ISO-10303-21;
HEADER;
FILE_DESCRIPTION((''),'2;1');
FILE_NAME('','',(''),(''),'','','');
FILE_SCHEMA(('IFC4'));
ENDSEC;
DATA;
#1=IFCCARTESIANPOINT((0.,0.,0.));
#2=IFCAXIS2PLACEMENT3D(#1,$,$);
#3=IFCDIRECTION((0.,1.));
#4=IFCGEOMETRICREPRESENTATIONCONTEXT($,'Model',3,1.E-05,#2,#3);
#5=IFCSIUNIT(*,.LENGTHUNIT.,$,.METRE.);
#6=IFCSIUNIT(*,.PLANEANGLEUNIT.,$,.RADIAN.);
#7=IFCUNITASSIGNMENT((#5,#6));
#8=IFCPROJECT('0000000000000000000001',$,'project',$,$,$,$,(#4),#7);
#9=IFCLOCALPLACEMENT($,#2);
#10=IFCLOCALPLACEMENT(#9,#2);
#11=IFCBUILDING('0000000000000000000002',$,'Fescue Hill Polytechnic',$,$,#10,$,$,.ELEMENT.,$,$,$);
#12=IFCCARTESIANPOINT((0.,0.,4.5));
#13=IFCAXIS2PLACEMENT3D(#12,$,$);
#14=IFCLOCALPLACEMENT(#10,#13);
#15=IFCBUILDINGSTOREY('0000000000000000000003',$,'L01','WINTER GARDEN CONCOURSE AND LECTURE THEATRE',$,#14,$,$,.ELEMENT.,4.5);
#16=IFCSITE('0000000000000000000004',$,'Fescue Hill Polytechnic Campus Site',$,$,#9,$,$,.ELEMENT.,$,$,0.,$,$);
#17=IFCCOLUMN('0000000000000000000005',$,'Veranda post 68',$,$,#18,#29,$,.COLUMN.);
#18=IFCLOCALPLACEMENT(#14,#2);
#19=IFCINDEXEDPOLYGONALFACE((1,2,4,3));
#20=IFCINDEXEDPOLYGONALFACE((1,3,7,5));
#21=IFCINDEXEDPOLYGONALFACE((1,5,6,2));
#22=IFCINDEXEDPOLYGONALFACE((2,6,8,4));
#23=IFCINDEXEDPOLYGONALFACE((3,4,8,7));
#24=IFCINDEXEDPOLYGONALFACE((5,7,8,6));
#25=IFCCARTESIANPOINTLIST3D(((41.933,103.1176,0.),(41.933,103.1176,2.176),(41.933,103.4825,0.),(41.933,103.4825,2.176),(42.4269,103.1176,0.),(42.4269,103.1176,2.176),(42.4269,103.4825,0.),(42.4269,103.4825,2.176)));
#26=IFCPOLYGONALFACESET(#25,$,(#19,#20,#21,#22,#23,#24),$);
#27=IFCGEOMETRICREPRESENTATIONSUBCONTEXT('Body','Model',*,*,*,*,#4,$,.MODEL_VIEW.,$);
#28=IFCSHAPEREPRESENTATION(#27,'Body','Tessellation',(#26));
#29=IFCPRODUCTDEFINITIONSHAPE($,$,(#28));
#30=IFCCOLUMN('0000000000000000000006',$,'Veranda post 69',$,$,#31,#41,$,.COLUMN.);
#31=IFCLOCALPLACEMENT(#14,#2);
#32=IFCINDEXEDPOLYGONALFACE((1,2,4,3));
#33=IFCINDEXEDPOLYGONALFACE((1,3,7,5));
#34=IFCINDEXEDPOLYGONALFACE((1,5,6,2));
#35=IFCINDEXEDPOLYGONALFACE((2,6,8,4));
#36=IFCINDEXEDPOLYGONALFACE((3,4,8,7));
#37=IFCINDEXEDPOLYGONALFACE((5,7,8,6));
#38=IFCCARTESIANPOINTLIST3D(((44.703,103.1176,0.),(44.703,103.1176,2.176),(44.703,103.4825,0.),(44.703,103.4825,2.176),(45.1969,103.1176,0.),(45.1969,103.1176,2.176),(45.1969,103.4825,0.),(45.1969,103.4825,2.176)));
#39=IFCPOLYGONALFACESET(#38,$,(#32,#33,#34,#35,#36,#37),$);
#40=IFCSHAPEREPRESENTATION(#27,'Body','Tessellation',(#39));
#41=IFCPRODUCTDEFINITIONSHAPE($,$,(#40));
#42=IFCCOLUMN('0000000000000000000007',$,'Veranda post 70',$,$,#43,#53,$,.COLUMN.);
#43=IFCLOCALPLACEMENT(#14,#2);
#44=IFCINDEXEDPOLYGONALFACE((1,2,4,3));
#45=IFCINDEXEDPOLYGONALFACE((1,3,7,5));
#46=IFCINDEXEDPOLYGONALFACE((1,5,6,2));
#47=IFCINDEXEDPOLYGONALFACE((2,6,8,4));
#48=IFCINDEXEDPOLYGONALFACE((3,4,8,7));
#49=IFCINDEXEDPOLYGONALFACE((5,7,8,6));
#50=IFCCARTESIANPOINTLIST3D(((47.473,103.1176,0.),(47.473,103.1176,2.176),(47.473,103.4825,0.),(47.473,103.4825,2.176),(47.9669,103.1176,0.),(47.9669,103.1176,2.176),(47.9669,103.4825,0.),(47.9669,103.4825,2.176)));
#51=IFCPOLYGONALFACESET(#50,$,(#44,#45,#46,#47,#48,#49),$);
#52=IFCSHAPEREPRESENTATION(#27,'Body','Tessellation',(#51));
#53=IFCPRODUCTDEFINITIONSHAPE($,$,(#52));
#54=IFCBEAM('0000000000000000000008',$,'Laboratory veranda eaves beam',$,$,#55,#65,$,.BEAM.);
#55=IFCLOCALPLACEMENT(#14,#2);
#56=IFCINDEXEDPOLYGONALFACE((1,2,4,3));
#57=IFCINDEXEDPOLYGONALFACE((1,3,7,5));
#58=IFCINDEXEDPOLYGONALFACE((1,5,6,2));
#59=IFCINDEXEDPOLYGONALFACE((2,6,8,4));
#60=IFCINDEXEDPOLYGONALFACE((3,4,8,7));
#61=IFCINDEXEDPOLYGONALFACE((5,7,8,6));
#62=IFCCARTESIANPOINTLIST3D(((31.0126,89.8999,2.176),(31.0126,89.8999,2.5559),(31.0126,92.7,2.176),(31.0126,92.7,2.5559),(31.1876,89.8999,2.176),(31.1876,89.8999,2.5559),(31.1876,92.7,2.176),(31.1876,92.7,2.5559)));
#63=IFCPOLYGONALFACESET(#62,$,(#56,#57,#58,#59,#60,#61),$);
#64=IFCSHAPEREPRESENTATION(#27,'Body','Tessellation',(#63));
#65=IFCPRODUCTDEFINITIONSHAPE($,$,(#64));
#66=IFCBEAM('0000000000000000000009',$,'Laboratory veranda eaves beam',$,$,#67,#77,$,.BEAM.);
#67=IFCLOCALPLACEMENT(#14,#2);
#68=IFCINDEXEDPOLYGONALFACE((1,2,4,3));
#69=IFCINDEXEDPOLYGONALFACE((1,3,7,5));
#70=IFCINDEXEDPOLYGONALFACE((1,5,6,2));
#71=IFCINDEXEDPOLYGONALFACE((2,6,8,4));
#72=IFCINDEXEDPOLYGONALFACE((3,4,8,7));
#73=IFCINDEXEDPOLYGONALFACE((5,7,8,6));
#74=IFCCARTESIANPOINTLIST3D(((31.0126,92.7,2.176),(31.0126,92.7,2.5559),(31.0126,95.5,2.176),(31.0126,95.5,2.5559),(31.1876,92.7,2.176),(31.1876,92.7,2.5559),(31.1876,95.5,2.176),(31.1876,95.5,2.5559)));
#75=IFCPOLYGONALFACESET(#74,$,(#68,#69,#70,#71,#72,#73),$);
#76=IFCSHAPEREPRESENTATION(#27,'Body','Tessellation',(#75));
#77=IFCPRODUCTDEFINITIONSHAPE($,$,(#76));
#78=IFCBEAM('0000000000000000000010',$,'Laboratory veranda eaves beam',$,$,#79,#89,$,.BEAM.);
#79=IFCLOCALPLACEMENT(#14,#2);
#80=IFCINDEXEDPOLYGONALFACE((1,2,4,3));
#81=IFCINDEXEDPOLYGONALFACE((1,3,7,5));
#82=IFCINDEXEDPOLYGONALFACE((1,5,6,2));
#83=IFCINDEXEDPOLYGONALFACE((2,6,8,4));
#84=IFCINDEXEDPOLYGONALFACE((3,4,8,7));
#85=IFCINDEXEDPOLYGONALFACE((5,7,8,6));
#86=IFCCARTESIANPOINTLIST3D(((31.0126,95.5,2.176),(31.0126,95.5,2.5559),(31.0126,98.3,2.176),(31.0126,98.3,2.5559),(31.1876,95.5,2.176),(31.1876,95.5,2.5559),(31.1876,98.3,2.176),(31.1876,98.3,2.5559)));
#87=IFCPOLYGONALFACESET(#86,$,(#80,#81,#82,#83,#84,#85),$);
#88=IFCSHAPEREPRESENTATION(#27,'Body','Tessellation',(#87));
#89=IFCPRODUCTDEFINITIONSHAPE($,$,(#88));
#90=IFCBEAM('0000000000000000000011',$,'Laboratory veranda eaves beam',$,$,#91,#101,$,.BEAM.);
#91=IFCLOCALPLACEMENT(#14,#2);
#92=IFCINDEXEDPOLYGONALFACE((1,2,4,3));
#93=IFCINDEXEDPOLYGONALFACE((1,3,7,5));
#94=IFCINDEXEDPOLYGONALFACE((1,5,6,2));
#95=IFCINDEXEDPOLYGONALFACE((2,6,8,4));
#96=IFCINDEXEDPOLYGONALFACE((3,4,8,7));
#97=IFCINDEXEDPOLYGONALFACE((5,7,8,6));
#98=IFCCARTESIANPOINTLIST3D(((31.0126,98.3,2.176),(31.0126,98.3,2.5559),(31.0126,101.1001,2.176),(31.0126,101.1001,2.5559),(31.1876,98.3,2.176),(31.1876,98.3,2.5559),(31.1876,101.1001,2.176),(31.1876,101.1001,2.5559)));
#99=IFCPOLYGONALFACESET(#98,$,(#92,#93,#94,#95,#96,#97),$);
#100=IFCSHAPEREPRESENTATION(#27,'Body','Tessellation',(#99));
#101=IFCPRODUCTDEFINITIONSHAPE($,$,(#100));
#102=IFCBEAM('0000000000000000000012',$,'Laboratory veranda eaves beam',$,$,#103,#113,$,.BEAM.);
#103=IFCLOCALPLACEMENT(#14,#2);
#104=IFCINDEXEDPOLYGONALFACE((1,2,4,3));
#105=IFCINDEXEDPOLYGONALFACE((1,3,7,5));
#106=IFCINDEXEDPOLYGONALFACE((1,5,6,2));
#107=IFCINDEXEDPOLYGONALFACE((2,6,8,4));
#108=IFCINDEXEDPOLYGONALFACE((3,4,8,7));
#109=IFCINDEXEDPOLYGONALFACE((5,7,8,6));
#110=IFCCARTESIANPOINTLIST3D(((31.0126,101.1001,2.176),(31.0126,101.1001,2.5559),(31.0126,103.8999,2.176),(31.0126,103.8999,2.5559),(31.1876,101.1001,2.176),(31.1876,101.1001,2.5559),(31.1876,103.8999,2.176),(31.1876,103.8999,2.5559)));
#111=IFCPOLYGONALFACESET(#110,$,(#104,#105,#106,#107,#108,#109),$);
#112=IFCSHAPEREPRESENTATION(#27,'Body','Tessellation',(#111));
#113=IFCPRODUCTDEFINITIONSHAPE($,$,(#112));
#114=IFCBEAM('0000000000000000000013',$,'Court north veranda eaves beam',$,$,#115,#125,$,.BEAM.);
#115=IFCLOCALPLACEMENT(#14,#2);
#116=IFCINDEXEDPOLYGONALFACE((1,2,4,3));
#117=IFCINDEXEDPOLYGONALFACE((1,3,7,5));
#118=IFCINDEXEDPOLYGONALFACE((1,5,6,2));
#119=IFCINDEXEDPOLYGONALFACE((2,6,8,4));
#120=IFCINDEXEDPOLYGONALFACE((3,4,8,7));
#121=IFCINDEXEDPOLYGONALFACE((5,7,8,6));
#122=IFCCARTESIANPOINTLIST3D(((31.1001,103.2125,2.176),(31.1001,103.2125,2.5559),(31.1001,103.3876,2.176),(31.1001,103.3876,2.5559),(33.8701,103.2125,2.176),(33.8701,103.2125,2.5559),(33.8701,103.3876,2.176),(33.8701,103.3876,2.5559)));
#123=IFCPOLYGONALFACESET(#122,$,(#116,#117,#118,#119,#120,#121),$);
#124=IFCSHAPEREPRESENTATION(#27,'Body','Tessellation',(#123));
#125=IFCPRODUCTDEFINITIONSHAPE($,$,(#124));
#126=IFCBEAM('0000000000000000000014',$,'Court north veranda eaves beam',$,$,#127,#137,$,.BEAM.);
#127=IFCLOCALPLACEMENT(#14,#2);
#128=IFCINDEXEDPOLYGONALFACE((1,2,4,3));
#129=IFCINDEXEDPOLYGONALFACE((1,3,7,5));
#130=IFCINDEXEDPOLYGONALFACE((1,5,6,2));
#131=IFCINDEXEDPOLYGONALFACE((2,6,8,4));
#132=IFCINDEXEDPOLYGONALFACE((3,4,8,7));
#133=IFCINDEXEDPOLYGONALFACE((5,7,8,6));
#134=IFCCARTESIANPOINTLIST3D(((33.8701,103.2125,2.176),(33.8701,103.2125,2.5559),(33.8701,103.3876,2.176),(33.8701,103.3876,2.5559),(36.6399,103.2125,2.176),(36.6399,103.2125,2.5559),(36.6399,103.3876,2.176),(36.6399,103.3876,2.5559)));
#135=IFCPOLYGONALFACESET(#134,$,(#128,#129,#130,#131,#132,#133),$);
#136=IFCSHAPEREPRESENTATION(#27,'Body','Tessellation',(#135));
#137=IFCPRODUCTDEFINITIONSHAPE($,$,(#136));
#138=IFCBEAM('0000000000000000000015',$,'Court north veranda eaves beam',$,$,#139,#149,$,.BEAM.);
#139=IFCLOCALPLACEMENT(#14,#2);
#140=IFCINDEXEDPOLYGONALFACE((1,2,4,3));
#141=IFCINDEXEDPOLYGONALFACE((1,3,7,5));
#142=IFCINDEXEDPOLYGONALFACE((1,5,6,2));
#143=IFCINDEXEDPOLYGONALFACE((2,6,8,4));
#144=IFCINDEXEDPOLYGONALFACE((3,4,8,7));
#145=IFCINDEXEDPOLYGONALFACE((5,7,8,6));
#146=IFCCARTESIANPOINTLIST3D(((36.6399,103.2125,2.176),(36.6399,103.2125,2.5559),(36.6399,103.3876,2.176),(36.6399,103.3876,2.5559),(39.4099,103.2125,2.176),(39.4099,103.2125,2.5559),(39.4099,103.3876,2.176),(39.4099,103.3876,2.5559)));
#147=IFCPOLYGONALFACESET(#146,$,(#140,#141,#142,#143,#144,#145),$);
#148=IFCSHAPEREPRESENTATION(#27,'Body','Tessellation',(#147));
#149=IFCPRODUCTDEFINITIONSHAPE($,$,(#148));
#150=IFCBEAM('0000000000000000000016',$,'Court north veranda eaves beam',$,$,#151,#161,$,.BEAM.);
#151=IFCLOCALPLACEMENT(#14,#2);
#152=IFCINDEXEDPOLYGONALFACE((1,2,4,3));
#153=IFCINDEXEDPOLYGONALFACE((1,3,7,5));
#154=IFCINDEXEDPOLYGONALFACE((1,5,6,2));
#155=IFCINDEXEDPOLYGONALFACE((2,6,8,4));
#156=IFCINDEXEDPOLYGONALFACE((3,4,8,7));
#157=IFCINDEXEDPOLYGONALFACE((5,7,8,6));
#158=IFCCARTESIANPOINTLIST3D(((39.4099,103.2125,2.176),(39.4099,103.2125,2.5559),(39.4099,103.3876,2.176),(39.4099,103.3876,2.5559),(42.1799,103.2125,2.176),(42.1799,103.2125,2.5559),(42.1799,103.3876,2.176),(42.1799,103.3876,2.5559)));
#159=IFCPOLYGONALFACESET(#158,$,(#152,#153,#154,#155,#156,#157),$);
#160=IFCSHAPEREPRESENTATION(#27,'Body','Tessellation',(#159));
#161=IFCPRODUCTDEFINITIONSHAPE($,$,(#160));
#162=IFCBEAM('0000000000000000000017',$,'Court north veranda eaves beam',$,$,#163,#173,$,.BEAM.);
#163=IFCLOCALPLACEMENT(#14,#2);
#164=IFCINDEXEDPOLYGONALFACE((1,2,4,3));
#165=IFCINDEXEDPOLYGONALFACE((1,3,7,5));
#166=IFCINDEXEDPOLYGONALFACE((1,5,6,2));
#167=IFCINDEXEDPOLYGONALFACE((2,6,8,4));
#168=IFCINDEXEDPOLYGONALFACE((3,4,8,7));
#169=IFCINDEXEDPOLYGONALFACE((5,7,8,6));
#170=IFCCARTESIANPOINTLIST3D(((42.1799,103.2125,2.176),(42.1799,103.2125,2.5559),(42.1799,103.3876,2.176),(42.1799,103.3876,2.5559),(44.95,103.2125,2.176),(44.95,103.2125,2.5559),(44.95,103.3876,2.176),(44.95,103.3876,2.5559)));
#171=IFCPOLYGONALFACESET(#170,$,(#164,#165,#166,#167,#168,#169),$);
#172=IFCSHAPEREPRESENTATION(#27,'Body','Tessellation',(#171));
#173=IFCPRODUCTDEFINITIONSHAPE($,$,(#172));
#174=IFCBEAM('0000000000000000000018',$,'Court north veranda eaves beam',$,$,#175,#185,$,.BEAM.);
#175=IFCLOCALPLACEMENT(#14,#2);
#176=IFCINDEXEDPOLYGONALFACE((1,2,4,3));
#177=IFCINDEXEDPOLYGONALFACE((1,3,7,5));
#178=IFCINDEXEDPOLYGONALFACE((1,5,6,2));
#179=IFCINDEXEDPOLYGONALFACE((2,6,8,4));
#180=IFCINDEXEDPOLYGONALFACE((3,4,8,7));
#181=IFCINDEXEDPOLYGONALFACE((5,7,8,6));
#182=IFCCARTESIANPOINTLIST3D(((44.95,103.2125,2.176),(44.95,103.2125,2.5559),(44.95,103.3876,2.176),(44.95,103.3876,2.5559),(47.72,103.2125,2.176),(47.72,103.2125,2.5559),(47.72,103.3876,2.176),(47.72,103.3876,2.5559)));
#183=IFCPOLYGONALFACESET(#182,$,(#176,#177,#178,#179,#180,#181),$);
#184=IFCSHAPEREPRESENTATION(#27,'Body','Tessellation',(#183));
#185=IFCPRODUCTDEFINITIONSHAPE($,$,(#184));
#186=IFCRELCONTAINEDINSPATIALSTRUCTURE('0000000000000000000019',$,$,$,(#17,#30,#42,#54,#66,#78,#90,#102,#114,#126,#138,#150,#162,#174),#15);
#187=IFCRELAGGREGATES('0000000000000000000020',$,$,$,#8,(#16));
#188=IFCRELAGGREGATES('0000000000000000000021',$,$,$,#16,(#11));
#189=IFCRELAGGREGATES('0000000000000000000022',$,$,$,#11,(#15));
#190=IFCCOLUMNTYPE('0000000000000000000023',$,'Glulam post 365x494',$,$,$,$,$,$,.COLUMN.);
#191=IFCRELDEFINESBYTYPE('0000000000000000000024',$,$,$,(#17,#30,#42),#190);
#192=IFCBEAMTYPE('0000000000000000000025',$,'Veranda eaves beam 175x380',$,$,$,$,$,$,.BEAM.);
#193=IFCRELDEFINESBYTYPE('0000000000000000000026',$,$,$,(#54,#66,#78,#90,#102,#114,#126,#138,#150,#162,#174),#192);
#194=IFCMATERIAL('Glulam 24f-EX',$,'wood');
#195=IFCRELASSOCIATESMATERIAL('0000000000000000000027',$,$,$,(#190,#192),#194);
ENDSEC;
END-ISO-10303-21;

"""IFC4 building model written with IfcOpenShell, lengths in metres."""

from ifc_helpers import new_model, si_unit, direction, frame, origin, origin_2d, place, context, subcontext, project, spatial, rectangle, extrude, material, material_profile, profile_set, type_object, element, save


model = new_model("IFC4")

# Units and contexts
model_context = context("Model", 3, precision=1e-05, world=origin(), true_north=direction((0.0, 1.0)))
body_context = subcontext(model_context, "Body", "Model", "MODEL_VIEW")
ifc_project = project(units=[si_unit("LENGTHUNIT", "METRE"), si_unit("PLANEANGLEUNIT", "RADIAN")], contexts=[model_context])

# Site, building, storey
site_placement = place(None, origin())
site = spatial("IfcSite", under=ifc_project, at=site_placement, Name="Fescue Hill Polytechnic Campus Site", CompositionType="ELEMENT", RefElevation=0.0)
building_placement = place(site_placement, origin())
building = spatial("IfcBuilding", under=site, at=building_placement, Name="Fescue Hill Polytechnic", CompositionType="ELEMENT")
storey_placement = place(building_placement, frame((0.0, 0.0, 4.5)))
storey = spatial("IfcBuildingStorey", under=building, at=storey_placement, Name="L01", Description="WINTER GARDEN CONCOURSE AND LECTURE THEATRE", CompositionType="ELEMENT", Elevation=4.5)

# Columns
ifc_material_1 = material(Name="Glulam 24f-EX", Category="wood")
ifc_material_profile_1 = material_profile(ifc_material_1, rectangle(XDim=0.365, YDim=0.4939, at=origin_2d()), Name="Glulam post 365x494")
ifc_profile_set_1 = profile_set([ifc_material_profile_1], Name="Glulam 24f-EX")
column_type = type_object("IfcColumnType", Name="Glulam post 365x494", PredefinedType="COLUMN", material=ifc_profile_set_1)
for number, where, z_axis, x_axis, name in (
    (1, (42.1799, 103.3, 0.0), (0.0, 0.0, 1.0), (0.0, 1.0, 0.0), "Veranda post 68"),
    (2, (44.95, 103.3, 0.0), (0.0, 0.0, 1.0), (0.0, 1.0, 0.0), "Veranda post 69"),
    (3, (47.72, 103.3, 0.0), (0.0, 0.0, 1.0), (0.0, 1.0, 0.0), "Veranda post 70"),
):
    element("IfcColumn", number, at=place(storey_placement, frame(where, z_axis=z_axis, x_axis=x_axis)), inside=storey, type_object=column_type, Name=name, PredefinedType="COLUMN", context=body_context, shape_type="SweptSolid", body=[
        extrude(rectangle(XDim=0.365, YDim=0.4939, at=origin_2d()), origin(), (0.0, 0.0, 1.0), 2.176),
    ])

# Beams
ifc_material_profile_2 = material_profile(ifc_material_1, rectangle(XDim=0.175, YDim=0.3799, at=origin_2d()), Name="Veranda eaves beam 175x380")
ifc_profile_set_2 = profile_set([ifc_material_profile_2], Name="Glulam 24f-EX")
beam_type = type_object("IfcBeamType", Name="Veranda eaves beam 175x380", PredefinedType="BEAM", material=ifc_profile_set_2)
for number, where, z_axis, x_axis, name in (
    (4, (31.1001, 89.8999, 2.366), (0.0, 1.0, 0.0), (-1.0, 0.0, 0.0), "Laboratory veranda eaves beam"),
    (5, (31.1001, 92.7, 2.366), (0.0, 1.0, 0.0), (-1.0, 0.0, 0.0), "Laboratory veranda eaves beam"),
    (6, (31.1001, 95.5, 2.366), (0.0, 1.0, 0.0), (-1.0, 0.0, 0.0), "Laboratory veranda eaves beam"),
    (7, (31.1001, 98.3, 2.366), (0.0, 1.0, 0.0), (-1.0, 0.0, 0.0), "Laboratory veranda eaves beam"),
):
    element("IfcBeam", number, at=place(storey_placement, frame(where, z_axis=z_axis, x_axis=x_axis)), inside=storey, type_object=beam_type, Name=name, PredefinedType="BEAM", context=body_context, shape_type="SweptSolid", body=[
        extrude(rectangle(XDim=0.175, YDim=0.3799, at=origin_2d()), origin(), (0.0, 0.0, 1.0), 2.8),
    ])
beam_1_placement = place(storey_placement, frame((31.1001, 101.1001, 2.366), z_axis=(0.0, 1.0, 0.0), x_axis=(-1.0, 0.0, 0.0)))
element("IfcBeam", 8, at=beam_1_placement, inside=storey, type_object=beam_type, Name="Laboratory veranda eaves beam", PredefinedType="BEAM", context=body_context, shape_type="SweptSolid", body=[
    extrude(rectangle(XDim=0.175, YDim=0.3799, at=origin_2d()), origin(), (0.0, 0.0, 1.0), 2.7998),
])
beam_2_placement = place(storey_placement, frame((31.1001, 103.3, 2.366), z_axis=(1.0, 0.0, 0.0), x_axis=(0.0, 1.0, 0.0)))
element("IfcBeam", 9, at=beam_2_placement, inside=storey, type_object=beam_type, Name="Court north veranda eaves beam", PredefinedType="BEAM", context=body_context, shape_type="SweptSolid", body=[
    extrude(rectangle(XDim=0.175, YDim=0.3799, at=origin_2d()), origin(), (0.0, 0.0, 1.0), 2.77),
])
beam_3_placement = place(storey_placement, frame((33.8701, 103.3, 2.366), z_axis=(1.0, 0.0, 0.0), x_axis=(0.0, 1.0, 0.0)))
element("IfcBeam", 10, at=beam_3_placement, inside=storey, type_object=beam_type, Name="Court north veranda eaves beam", PredefinedType="BEAM", context=body_context, shape_type="SweptSolid", body=[
    extrude(rectangle(XDim=0.175, YDim=0.3799, at=origin_2d()), origin(), (0.0, 0.0, 1.0), 2.7698),
])
for number, where, z_axis, x_axis, name in (
    (11, (36.6399, 103.3, 2.366), (1.0, 0.0, 0.0), (0.0, 1.0, 0.0), "Court north veranda eaves beam"),
    (12, (39.4099, 103.3, 2.366), (1.0, 0.0, 0.0), (0.0, 1.0, 0.0), "Court north veranda eaves beam"),
    (13, (42.1799, 103.3, 2.366), (1.0, 0.0, 0.0), (0.0, 1.0, 0.0), "Court north veranda eaves beam"),
    (14, (44.95, 103.3, 2.366), (1.0, 0.0, 0.0), (0.0, 1.0, 0.0), "Court north veranda eaves beam"),
):
    element("IfcBeam", number, at=place(storey_placement, frame(where, z_axis=z_axis, x_axis=x_axis)), inside=storey, type_object=beam_type, Name=name, PredefinedType="BEAM", context=body_context, shape_type="SweptSolid", body=[
        extrude(rectangle(XDim=0.175, YDim=0.3799, at=origin_2d()), origin(), (0.0, 0.0, 1.0), 2.77),
    ])

save(model, "model.ifc")
